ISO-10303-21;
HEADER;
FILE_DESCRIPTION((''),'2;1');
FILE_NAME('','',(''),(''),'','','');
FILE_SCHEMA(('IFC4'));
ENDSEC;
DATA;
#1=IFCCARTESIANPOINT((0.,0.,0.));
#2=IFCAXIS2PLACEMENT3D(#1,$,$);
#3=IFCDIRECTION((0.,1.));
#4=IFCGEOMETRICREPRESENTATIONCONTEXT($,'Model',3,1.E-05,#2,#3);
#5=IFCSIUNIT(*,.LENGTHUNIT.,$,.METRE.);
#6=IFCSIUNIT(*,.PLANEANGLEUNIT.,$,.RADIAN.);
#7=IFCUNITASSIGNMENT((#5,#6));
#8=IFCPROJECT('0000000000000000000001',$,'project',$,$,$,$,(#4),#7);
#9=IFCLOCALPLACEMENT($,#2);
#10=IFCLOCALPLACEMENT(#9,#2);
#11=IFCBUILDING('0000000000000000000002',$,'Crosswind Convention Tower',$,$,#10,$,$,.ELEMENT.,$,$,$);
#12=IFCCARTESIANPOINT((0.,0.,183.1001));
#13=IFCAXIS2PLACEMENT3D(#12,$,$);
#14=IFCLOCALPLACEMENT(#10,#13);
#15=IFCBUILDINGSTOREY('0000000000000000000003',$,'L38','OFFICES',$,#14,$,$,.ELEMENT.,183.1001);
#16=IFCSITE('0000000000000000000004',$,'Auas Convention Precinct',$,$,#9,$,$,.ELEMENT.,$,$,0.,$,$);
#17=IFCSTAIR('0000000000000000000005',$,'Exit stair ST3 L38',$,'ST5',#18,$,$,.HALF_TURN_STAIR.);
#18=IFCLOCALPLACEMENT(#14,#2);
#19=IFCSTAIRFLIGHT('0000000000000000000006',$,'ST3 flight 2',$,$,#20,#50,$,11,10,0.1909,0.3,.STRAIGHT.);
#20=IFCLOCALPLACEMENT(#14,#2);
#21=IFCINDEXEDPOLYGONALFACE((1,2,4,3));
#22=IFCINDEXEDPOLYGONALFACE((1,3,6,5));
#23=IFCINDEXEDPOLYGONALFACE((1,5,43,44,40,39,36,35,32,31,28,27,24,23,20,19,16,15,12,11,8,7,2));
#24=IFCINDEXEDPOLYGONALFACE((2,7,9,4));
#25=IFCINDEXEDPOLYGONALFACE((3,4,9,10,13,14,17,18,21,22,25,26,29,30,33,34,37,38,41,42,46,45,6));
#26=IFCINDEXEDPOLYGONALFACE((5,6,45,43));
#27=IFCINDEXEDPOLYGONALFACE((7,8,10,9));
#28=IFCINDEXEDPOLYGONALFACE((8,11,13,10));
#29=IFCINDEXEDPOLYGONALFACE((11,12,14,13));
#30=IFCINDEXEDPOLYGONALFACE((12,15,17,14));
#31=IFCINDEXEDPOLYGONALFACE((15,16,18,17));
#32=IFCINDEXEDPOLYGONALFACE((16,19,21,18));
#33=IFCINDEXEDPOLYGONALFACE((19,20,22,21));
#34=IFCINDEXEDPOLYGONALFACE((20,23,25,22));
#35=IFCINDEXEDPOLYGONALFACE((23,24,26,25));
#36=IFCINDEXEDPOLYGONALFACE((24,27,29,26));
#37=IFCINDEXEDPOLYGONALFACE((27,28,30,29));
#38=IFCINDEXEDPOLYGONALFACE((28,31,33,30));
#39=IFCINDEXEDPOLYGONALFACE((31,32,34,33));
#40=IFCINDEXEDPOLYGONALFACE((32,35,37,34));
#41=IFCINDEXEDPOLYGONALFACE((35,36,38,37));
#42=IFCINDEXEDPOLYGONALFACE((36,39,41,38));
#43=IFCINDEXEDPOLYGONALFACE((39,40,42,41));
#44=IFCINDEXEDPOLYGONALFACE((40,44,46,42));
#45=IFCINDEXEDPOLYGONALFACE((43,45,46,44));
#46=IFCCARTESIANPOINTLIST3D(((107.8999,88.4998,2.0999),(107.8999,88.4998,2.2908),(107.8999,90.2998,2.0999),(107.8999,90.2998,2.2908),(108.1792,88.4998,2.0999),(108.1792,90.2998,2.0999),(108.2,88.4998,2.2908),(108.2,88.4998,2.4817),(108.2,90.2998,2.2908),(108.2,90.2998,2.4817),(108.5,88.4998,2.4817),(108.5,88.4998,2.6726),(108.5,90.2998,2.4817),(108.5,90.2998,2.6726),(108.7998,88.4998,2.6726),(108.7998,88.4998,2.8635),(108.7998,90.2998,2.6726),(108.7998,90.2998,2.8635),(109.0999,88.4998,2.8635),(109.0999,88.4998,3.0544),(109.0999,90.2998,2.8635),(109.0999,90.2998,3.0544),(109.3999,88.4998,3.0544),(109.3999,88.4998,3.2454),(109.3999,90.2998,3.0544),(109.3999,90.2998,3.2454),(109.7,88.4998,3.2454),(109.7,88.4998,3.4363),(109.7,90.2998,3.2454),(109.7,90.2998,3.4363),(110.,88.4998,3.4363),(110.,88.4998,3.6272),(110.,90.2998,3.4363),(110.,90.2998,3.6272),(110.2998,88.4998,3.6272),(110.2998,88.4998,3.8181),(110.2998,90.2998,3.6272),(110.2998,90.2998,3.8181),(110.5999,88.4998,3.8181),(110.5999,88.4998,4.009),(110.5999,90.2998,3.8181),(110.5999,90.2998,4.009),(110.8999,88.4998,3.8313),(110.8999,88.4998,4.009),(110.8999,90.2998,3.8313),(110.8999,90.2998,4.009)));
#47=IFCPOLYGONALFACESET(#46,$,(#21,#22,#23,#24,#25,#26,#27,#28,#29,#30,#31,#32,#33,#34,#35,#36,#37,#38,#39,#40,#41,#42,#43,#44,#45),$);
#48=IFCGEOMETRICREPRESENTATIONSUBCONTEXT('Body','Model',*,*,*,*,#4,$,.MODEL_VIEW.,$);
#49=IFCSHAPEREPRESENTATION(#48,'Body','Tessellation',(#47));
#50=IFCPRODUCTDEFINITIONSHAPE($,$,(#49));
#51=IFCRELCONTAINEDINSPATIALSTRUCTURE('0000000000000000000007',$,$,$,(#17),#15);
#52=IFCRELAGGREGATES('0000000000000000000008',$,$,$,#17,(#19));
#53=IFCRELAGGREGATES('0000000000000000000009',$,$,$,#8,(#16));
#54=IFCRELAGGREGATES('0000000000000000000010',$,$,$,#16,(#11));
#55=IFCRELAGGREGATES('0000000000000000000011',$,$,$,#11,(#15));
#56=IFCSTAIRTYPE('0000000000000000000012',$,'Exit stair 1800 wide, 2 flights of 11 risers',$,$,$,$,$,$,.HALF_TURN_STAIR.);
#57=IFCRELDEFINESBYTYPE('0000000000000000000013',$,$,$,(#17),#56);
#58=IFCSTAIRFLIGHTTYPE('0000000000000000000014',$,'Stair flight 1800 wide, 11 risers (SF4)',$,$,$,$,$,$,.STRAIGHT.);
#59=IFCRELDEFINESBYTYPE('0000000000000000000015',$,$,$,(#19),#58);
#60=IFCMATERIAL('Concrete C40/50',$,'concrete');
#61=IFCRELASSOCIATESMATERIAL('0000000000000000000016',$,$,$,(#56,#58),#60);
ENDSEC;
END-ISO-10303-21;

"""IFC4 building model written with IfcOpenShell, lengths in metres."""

from ifc_helpers import new_model, si_unit, direction, frame, origin, place, context, subcontext, project, spatial, polyline, outline, extrude, material, type_object, element, aggregate, save


model = new_model("IFC4")

# Units and contexts
model_context = context("Model", 3, precision=1e-05, world=origin(), true_north=direction((0.0, 1.0)))
body_context = subcontext(model_context, "Body", "Model", "MODEL_VIEW")
ifc_project = project(units=[si_unit("LENGTHUNIT", "METRE"), si_unit("PLANEANGLEUNIT", "RADIAN")], contexts=[model_context])

# Site, building, storey
site_placement = place(None, origin())
site = spatial("IfcSite", under=ifc_project, at=site_placement, Name="Auas Convention Precinct", CompositionType="ELEMENT", RefElevation=0.0)
building_placement = place(site_placement, origin())
building = spatial("IfcBuilding", under=site, at=building_placement, Name="Crosswind Convention Tower", CompositionType="ELEMENT")
storey_placement = place(building_placement, frame((0.0, 0.0, 183.1001)))
storey = spatial("IfcBuildingStorey", under=building, at=storey_placement, Name="L38", Description="OFFICES", CompositionType="ELEMENT", Elevation=183.1001)

# Shared definitions
ifc_material_1 = material(Name="Concrete C40/50", Category="concrete")

# Stair
stair_type = type_object("IfcStairType", Name="Exit stair 1800 wide, 2 flights of 11 risers", PredefinedType="HALF_TURN_STAIR", material=ifc_material_1)
stair_1_placement = place(storey_placement, origin())
stair_1 = element("IfcStair", 1, at=stair_1_placement, inside=storey, type_object=stair_type, Name="Exit stair ST3 L38", ObjectType="ST5", PredefinedType="HALF_TURN_STAIR")

# Stair flight
stair_flight_type = type_object("IfcStairFlightType", Name="Stair flight 1800 wide, 11 risers (SF4)", PredefinedType="STRAIGHT", material=ifc_material_1)
stair_flight_1_placement = place(storey_placement, frame((107.8999, 89.3999, 2.0999), z_axis=(0.0, 0.0, 1.0), x_axis=(1.0, 0.0, 0.0)))
stair_flight_1 = element("IfcStairFlight", 2, at=stair_flight_1_placement, type_object=stair_flight_type, Name="ST3 flight 2", NumberOfRisers=11, NumberOfTreads=10, PredefinedType="STRAIGHT", RiserHeight=0.1909, TreadLength=0.3, context=body_context, shape_type="SweptSolid", body=[
    extrude(outline(polyline([(0.0, 0.0), (0.0, 0.1909), (0.3, 0.1909), (0.3, 0.3818), (0.6001, 0.3818), (0.6001, 0.5728), (0.8999, 0.5728), (0.8999, 0.7637), (1.2, 0.7637), (1.2, 0.9546), (1.5, 0.9546), (1.5, 1.1455), (1.8, 1.1455), (1.8, 1.3364), (2.1001, 1.3364), (2.1001, 1.5273), (2.3999, 1.5273), (2.3999, 1.7183), (2.7, 1.7183), (2.7, 1.9092), (3.0, 1.9092), (3.0, 2.1001), (3.0, 1.7314), (0.2793, 0.0), (0.0, 0.0)])), frame((0.0, 0.8999, 0.0), z_axis=(0.0, -1.0, 0.0), x_axis=(1.0, 0.0, 0.0)), (0.0, 0.0, 1.0), 1.8),
])
aggregate(stair_1, [stair_flight_1])

save(model, "model.ifc")
